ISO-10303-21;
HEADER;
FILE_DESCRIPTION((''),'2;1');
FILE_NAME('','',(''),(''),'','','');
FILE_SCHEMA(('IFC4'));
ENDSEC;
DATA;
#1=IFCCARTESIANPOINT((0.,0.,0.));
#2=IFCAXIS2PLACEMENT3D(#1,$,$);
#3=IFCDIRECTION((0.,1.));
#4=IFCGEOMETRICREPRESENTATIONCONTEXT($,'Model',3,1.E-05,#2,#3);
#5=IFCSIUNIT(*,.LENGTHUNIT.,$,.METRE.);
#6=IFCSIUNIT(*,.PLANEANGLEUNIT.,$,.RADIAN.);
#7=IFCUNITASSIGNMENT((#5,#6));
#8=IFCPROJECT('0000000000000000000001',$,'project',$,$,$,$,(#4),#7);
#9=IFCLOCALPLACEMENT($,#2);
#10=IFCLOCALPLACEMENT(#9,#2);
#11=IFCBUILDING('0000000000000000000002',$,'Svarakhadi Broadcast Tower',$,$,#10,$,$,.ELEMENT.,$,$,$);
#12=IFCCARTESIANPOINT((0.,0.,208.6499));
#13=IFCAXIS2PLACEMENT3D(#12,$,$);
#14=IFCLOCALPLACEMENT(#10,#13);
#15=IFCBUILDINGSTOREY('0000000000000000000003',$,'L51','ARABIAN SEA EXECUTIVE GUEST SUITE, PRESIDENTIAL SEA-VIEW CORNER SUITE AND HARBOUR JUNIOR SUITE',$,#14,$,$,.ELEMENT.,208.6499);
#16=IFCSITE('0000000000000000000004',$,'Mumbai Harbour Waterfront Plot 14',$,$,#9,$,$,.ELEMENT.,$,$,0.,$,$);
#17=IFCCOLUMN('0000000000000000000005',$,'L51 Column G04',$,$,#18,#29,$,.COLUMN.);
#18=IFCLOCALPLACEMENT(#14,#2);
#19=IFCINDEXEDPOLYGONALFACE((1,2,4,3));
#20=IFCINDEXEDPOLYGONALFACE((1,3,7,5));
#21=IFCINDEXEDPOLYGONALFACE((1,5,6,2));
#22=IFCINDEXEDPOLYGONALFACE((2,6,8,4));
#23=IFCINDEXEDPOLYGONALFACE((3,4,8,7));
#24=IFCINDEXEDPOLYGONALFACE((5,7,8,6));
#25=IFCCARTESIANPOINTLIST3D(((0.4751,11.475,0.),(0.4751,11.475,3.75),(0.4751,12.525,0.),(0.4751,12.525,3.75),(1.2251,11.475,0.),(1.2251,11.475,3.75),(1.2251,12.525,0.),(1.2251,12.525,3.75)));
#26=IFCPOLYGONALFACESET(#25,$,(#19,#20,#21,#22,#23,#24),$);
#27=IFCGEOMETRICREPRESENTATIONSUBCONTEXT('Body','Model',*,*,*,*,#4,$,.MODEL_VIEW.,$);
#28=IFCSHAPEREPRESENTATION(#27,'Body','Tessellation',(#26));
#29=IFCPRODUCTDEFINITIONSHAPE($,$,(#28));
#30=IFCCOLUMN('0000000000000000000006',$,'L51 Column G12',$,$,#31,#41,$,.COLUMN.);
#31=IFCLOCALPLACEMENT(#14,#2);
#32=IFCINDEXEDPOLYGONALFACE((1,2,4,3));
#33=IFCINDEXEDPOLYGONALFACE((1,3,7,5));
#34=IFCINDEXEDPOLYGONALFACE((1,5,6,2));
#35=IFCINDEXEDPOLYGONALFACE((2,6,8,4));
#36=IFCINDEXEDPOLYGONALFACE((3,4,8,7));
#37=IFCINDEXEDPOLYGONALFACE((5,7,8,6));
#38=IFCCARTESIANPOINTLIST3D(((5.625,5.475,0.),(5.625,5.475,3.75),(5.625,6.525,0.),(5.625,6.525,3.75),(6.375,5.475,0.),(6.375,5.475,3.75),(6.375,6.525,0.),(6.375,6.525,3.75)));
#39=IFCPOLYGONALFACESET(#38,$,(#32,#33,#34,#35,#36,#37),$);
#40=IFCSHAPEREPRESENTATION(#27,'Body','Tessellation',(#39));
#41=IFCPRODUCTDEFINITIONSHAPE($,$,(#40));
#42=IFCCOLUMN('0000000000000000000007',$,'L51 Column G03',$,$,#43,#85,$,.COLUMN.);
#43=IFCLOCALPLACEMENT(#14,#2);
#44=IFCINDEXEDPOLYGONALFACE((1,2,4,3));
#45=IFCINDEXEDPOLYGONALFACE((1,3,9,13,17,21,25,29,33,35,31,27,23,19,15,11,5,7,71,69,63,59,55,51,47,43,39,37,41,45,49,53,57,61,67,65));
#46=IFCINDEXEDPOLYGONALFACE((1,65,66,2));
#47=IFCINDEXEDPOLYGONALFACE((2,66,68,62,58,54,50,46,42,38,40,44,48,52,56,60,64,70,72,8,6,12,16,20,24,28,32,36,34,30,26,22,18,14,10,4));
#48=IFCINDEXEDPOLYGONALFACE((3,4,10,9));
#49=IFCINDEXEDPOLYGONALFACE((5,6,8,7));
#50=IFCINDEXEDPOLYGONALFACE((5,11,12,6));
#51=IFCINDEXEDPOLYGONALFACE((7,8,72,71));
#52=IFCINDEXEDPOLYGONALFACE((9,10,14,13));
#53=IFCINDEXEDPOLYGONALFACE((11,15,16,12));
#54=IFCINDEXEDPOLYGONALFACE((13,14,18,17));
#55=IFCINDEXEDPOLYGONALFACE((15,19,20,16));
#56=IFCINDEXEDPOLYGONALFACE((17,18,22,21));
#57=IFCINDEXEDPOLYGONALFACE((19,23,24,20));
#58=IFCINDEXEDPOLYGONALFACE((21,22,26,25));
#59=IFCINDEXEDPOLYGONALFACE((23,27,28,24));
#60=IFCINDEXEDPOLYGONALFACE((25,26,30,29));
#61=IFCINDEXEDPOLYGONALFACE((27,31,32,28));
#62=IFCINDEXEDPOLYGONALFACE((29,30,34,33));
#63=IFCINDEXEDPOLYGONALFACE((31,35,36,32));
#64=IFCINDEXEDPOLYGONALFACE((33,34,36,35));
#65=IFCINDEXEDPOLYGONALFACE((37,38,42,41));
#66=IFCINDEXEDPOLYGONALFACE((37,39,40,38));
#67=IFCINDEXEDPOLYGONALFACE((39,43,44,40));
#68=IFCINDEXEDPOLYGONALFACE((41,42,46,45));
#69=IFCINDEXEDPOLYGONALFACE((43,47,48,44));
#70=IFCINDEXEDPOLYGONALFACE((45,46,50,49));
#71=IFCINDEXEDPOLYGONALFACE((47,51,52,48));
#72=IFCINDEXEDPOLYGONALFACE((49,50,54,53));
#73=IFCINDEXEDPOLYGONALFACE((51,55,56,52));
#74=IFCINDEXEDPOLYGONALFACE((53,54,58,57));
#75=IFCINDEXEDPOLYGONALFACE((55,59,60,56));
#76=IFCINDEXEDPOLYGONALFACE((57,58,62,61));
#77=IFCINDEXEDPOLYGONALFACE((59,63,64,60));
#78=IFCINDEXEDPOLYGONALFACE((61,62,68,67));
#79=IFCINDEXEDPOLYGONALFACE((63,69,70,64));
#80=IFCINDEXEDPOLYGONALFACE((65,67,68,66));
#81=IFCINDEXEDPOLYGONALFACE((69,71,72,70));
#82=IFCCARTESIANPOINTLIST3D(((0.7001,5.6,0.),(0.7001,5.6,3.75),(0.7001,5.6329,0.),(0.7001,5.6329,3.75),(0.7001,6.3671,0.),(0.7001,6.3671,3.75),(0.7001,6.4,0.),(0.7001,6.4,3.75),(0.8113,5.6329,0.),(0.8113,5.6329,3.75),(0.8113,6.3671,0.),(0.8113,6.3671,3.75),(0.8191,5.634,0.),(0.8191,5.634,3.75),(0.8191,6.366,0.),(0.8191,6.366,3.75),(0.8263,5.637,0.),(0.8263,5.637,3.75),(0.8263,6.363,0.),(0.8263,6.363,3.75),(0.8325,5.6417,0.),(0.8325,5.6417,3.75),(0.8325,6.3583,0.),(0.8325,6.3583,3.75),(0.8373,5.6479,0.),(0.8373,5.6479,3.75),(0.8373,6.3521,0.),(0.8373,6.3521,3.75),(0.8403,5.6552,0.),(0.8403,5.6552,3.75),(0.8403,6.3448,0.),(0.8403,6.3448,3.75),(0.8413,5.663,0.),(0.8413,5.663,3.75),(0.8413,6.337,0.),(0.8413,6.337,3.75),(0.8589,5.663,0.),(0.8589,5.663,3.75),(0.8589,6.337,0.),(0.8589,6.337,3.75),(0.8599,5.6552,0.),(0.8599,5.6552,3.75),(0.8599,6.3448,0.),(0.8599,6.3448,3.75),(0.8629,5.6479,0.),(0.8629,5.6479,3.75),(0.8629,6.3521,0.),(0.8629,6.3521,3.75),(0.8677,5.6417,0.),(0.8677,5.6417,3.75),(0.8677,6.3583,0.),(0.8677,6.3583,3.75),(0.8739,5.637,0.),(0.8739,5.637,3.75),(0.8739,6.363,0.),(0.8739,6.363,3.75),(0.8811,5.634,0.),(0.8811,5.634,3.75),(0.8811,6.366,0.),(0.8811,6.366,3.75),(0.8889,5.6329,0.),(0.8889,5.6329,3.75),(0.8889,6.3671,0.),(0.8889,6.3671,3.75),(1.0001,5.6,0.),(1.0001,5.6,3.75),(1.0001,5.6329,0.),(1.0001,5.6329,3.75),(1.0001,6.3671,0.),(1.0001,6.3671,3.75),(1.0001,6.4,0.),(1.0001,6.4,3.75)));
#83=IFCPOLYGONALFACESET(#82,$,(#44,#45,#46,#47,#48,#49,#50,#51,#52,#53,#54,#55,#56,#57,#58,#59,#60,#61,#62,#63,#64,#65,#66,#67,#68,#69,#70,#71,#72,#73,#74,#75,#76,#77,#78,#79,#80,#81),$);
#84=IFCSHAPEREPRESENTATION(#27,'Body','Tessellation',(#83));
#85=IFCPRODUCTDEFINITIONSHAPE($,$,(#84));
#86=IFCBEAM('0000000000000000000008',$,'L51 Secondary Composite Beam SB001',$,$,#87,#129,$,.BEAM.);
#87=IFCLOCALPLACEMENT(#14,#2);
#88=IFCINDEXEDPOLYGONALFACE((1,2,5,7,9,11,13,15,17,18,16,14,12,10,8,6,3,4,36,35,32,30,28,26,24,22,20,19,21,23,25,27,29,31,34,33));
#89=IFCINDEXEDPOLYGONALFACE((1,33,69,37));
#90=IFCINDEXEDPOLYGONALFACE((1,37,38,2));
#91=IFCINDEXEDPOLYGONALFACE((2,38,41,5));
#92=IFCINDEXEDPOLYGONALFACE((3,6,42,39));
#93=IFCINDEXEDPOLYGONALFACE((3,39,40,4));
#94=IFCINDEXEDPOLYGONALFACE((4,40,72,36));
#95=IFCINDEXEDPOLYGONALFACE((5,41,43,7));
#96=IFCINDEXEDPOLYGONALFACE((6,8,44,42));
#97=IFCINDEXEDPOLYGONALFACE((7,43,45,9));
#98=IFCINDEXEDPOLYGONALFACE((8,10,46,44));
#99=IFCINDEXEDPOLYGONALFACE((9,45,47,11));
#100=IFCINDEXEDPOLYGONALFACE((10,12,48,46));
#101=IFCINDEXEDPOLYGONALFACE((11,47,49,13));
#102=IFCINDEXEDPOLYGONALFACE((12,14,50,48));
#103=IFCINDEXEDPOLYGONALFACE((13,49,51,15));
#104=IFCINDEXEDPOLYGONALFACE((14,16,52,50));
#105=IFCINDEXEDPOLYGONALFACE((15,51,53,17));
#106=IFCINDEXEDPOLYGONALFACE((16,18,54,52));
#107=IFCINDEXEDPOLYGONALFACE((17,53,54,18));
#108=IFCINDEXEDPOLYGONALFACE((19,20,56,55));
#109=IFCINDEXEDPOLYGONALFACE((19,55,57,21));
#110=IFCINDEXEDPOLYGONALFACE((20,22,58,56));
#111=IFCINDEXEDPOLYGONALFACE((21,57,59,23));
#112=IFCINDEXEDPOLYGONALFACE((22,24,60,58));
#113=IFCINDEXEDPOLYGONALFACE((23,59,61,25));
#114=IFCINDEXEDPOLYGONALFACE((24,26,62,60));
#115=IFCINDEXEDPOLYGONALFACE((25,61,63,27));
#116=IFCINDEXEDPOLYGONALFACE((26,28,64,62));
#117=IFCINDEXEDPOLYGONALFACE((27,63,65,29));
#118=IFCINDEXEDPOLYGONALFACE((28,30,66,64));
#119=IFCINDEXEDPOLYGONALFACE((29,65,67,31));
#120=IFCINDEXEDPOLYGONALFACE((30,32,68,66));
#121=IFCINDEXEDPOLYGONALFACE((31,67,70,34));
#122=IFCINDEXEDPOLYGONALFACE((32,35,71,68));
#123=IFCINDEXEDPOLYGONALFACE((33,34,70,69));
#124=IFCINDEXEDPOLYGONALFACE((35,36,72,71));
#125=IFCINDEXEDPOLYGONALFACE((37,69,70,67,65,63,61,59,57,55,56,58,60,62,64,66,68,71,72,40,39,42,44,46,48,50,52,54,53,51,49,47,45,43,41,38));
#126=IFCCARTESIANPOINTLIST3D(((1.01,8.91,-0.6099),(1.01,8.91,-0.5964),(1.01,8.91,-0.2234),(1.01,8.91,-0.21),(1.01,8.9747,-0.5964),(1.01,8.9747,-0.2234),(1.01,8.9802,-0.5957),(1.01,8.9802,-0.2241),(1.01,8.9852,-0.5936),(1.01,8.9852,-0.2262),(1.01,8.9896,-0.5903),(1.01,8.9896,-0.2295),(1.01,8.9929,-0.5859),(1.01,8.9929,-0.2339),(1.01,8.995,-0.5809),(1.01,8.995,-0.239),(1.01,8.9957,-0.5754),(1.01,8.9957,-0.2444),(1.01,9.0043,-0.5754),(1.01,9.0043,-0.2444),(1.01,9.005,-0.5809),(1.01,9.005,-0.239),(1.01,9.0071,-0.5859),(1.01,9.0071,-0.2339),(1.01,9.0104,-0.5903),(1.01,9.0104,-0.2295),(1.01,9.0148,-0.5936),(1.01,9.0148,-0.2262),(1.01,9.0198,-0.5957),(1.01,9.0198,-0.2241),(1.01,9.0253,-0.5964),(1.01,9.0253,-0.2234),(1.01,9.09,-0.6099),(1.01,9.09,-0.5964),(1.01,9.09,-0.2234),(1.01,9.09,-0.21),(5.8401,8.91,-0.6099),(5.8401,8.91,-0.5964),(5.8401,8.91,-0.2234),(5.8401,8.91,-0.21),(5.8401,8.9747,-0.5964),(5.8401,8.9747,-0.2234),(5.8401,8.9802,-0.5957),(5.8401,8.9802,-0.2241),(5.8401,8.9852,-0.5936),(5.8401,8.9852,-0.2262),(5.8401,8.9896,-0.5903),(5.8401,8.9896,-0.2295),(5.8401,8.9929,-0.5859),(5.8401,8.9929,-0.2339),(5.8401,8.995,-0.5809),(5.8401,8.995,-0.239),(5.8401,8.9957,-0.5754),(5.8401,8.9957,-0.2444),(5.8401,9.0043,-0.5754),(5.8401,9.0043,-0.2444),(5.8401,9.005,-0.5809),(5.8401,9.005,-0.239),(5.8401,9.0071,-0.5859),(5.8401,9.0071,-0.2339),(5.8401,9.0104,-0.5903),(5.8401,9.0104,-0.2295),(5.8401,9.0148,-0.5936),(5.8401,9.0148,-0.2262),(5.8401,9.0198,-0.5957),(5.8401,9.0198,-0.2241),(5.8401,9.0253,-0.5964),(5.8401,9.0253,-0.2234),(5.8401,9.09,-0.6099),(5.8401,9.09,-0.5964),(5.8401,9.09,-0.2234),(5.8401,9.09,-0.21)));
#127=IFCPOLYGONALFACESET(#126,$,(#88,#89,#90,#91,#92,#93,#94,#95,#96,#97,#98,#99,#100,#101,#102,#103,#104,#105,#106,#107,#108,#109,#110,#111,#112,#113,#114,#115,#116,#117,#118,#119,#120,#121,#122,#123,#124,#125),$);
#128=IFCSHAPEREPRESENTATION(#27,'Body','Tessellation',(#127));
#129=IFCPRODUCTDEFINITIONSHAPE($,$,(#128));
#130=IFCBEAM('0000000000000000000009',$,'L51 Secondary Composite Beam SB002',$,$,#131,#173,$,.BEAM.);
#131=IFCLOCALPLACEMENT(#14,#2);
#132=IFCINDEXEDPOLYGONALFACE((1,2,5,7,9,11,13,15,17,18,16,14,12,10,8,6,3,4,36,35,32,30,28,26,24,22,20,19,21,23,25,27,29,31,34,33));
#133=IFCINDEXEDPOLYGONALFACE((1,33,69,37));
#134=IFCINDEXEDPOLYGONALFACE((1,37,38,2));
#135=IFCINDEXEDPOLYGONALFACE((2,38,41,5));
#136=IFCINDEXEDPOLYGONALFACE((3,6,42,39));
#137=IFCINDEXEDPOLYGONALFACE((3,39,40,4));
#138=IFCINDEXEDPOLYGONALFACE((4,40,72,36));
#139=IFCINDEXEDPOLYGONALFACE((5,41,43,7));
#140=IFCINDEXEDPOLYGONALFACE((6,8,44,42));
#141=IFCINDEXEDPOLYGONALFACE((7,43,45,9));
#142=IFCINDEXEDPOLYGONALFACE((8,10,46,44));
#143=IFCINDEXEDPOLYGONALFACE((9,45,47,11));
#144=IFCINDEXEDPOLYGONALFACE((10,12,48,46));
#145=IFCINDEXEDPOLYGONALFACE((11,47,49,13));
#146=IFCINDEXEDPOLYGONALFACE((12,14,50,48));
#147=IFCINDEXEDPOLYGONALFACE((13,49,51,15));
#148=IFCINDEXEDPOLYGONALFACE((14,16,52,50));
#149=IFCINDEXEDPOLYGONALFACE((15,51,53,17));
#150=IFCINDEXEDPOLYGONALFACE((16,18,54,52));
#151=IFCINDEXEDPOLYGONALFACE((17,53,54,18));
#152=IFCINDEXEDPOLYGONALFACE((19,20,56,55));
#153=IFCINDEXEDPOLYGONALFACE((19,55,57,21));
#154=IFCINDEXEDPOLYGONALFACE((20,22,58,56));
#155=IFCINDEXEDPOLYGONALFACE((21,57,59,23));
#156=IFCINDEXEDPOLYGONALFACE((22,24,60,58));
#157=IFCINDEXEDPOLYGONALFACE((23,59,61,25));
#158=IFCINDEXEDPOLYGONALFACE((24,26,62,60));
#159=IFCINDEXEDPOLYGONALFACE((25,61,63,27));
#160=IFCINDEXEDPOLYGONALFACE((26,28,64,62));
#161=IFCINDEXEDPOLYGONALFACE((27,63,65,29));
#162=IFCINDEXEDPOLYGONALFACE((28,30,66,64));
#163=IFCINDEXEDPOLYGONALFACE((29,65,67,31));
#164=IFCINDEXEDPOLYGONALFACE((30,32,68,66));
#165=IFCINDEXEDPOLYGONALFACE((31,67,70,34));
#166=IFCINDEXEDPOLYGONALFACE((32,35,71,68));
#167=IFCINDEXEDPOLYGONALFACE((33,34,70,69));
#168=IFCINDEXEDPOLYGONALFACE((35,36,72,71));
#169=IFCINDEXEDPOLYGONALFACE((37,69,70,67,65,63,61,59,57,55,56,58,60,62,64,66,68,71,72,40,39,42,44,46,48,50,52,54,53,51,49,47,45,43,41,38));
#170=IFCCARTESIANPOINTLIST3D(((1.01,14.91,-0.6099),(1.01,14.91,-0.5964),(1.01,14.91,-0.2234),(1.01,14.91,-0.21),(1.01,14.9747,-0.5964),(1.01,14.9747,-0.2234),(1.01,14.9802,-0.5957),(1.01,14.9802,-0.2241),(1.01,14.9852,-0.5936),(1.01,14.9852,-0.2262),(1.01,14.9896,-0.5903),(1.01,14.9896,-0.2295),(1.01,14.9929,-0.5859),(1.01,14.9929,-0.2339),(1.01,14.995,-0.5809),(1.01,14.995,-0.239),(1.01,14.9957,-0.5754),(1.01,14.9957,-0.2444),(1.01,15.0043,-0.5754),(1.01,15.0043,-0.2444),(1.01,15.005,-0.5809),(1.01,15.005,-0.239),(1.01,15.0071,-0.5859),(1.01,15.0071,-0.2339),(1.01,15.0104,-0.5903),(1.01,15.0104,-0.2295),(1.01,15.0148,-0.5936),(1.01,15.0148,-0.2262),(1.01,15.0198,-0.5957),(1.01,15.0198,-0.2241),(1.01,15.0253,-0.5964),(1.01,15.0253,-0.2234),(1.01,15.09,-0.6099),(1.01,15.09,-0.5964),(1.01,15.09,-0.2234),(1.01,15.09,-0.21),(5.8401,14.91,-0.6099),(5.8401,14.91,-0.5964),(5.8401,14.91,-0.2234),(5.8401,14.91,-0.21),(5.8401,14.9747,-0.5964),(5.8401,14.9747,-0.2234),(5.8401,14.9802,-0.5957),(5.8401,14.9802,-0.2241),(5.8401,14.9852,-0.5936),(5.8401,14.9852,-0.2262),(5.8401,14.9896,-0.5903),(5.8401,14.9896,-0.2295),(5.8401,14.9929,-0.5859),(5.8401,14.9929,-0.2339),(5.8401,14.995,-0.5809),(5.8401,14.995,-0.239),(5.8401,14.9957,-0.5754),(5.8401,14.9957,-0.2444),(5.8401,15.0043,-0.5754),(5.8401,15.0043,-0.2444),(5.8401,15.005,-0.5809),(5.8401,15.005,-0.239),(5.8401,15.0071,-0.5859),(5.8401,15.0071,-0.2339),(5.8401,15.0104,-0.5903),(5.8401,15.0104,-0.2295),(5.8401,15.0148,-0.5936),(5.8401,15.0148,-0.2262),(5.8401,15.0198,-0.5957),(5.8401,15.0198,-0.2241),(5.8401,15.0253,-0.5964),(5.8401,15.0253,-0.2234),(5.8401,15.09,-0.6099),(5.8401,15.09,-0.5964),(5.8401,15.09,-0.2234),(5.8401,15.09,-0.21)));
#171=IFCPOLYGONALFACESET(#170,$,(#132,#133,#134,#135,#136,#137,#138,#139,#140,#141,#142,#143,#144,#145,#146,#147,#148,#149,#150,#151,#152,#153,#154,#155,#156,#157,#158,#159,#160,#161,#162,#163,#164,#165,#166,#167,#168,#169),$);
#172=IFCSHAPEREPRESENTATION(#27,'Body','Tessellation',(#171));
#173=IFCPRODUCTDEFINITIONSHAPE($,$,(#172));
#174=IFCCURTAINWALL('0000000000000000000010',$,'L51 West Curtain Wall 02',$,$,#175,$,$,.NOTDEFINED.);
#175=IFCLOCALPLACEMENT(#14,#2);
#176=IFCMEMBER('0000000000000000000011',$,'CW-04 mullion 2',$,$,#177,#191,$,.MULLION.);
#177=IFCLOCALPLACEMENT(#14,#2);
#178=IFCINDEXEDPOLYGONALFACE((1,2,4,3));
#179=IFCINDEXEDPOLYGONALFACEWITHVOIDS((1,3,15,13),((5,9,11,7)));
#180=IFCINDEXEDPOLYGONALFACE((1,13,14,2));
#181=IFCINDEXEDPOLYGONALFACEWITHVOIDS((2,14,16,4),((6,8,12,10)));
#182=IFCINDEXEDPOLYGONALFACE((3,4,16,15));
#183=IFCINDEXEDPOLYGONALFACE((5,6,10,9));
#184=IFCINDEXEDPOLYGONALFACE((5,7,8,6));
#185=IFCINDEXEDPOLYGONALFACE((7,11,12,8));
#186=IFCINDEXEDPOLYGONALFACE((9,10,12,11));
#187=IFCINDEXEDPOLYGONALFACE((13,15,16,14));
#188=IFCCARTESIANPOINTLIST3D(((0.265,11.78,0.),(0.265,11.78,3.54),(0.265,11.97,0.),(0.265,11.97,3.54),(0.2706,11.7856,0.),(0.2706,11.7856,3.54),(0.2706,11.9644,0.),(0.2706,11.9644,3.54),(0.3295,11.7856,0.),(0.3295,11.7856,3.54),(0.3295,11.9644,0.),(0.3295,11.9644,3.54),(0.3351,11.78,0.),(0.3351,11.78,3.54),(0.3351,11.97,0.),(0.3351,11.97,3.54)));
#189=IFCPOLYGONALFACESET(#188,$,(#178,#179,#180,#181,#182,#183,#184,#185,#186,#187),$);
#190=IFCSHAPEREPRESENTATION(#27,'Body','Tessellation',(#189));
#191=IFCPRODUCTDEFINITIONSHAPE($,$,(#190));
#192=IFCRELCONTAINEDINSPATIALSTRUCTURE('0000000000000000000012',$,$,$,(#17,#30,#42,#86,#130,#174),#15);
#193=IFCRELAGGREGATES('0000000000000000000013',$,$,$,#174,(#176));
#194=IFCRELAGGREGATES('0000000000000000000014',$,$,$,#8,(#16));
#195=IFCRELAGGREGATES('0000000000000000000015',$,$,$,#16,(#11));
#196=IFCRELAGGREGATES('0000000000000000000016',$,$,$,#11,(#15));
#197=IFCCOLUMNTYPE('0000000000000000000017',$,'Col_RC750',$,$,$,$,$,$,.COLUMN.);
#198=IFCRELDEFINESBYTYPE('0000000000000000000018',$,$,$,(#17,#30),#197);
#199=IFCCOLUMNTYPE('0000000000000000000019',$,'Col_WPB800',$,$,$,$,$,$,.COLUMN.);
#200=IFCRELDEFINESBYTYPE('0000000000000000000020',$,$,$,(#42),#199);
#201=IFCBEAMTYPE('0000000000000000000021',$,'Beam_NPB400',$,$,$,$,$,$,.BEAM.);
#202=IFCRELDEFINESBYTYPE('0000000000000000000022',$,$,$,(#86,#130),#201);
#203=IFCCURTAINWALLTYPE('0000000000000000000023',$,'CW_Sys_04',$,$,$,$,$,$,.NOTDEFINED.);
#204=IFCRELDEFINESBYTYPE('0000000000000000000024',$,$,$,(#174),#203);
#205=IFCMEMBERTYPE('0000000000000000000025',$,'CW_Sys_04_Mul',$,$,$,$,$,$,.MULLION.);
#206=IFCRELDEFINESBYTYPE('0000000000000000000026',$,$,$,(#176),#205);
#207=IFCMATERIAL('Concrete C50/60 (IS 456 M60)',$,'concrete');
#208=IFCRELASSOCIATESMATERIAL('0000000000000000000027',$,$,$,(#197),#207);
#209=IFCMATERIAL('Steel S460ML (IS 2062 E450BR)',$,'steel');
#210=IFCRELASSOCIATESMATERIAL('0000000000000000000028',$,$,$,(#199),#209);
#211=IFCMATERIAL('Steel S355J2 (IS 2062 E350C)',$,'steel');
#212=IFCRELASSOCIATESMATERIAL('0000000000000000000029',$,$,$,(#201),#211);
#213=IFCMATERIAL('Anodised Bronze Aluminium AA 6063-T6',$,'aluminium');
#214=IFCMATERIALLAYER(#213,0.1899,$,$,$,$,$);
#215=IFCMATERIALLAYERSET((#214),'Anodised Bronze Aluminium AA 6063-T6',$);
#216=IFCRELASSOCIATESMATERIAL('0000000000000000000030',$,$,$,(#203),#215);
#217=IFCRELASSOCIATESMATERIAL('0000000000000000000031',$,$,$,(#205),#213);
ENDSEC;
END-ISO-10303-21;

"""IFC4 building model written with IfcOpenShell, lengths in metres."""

from ifc_helpers import new_model, si_unit, direction, frame, origin, origin_2d, place, context, subcontext, project, spatial, rectangle, hollow_rectangle, i_section, extrude, material, layer, layer_set, material_profile, profile_set, type_object, element, aggregate, save


model = new_model("IFC4")

# Units and contexts
model_context = context("Model", 3, precision=1e-05, world=origin(), true_north=direction((0.0, 1.0)))
body_context = subcontext(model_context, "Body", "Model", "MODEL_VIEW")
ifc_project = project(units=[si_unit("LENGTHUNIT", "METRE"), si_unit("PLANEANGLEUNIT", "RADIAN")], contexts=[model_context])

# Site, building, storey
site_placement = place(None, origin())
site = spatial("IfcSite", under=ifc_project, at=site_placement, Name="Mumbai Harbour Waterfront Plot 14", CompositionType="ELEMENT", RefElevation=0.0)
building_placement = place(site_placement, origin())
building = spatial("IfcBuilding", under=site, at=building_placement, Name="Svarakhadi Broadcast Tower", CompositionType="ELEMENT")
storey_placement = place(building_placement, frame((0.0, 0.0, 208.6499)))
storey = spatial("IfcBuildingStorey", under=building, at=storey_placement, Name="L51", Description="ARABIAN SEA EXECUTIVE GUEST SUITE, PRESIDENTIAL SEA-VIEW CORNER SUITE AND HARBOUR JUNIOR SUITE", CompositionType="ELEMENT", Elevation=208.6499)

# Columns
ifc_material_1 = material(Name="Concrete C50/60 (IS 456 M60)", Category="concrete")
ifc_material_profile_1 = material_profile(ifc_material_1, rectangle(XDim=0.75, YDim=1.05, at=origin_2d()), Name="RC 750x1050")
ifc_profile_set_1 = profile_set([ifc_material_profile_1], Name="Concrete C50/60 (IS 456 M60)")
column_type_1 = type_object("IfcColumnType", Name="Col_RC750", PredefinedType="COLUMN", material=ifc_profile_set_1)
for number, where, z_axis, x_axis, name in (
    (1, (0.8501, 12.0, 0.0), (0.0, 0.0, 1.0), (1.0, 0.0, 0.0), "L51 Column G04"),
    (2, (6.0, 6.0, 0.0), (0.0, 0.0, 1.0), (1.0, 0.0, 0.0), "L51 Column G12"),
):
    element("IfcColumn", number, at=place(storey_placement, frame(where, z_axis=z_axis, x_axis=x_axis)), inside=storey, type_object=column_type_1, Name=name, PredefinedType="COLUMN", context=body_context, shape_type="SweptSolid", body=[
        extrude(rectangle(XDim=0.75, YDim=1.05, at=origin_2d()), origin(), (0.0, 0.0, 1.0), 3.75),
    ])
ifc_material_2 = material(Name="Steel S460ML (IS 2062 E450BR)", Category="steel")
ifc_material_profile_2 = material_profile(ifc_material_2, i_section(OverallWidth=0.3, OverallDepth=0.8, WebThickness=0.0176, FlangeThickness=0.033, FilletRadius=0.03, at=origin_2d()), Name="WPB 800x300x262")
ifc_profile_set_2 = profile_set([ifc_material_profile_2], Name="Steel S460ML (IS 2062 E450BR)")
column_type_2 = type_object("IfcColumnType", Name="Col_WPB800", PredefinedType="COLUMN", material=ifc_profile_set_2)
column_placement = place(storey_placement, frame((0.8501, 6.0, 0.0), z_axis=(0.0, 0.0, 1.0), x_axis=(1.0, 0.0, 0.0)))
element("IfcColumn", 3, at=column_placement, inside=storey, type_object=column_type_2, Name="L51 Column G03", PredefinedType="COLUMN", context=body_context, shape_type="SweptSolid", body=[
    extrude(i_section(OverallWidth=0.3, OverallDepth=0.8, WebThickness=0.0176, FlangeThickness=0.033, FilletRadius=0.03, at=origin_2d()), origin(), (0.0, 0.0, 1.0), 3.75),
])

# Beams
ifc_material_3 = material(Name="Steel S355J2 (IS 2062 E350C)", Category="steel")
ifc_material_profile_3 = material_profile(ifc_material_3, i_section(OverallWidth=0.1799, OverallDepth=0.3999, WebThickness=0.0085, FlangeThickness=0.0134, FilletRadius=0.021, at=origin_2d()), Name="NPB 400x180x66")
ifc_profile_set_3 = profile_set([ifc_material_profile_3], Name="Steel S355J2 (IS 2062 E350C)")
beam_type_1 = type_object("IfcBeamType", Name="Beam_NPB400", PredefinedType="BEAM", material=ifc_profile_set_3)
for number, where, z_axis, x_axis, name in (
    (4, (1.01, 9.0, -0.4099), (1.0, 0.0, 0.0), (0.0, 1.0, 0.0), "L51 Secondary Composite Beam SB001"),
    (5, (1.01, 15.0, -0.4099), (1.0, 0.0, 0.0), (0.0, 1.0, 0.0), "L51 Secondary Composite Beam SB002"),
):
    element("IfcBeam", number, at=place(storey_placement, frame(where, z_axis=z_axis, x_axis=x_axis)), inside=storey, type_object=beam_type_1, Name=name, PredefinedType="BEAM", context=body_context, shape_type="SweptSolid", body=[
        extrude(i_section(OverallWidth=0.1799, OverallDepth=0.3999, WebThickness=0.0085, FlangeThickness=0.0134, FilletRadius=0.021, at=origin_2d()), origin(), (0.0, 0.0, 1.0), 4.8301),
    ])

# Curtain wall, member
ifc_material_4 = material(Name="Anodised Bronze Aluminium AA 6063-T6", Category="aluminium")
ifc_layer_1 = layer(ifc_material_4, 0.1899)
ifc_layer_set_1 = layer_set([ifc_layer_1], Name="Anodised Bronze Aluminium AA 6063-T6")
curtain_wall_type = type_object("IfcCurtainWallType", Name="CW_Sys_04", PredefinedType="NOTDEFINED", material=ifc_layer_set_1)
curtain_wall_placement = place(storey_placement, origin())
curtain_wall = element("IfcCurtainWall", 6, at=curtain_wall_placement, inside=storey, type_object=curtain_wall_type, Name="L51 West Curtain Wall 02", PredefinedType="NOTDEFINED")
ifc_material_profile_4 = material_profile(ifc_material_4, hollow_rectangle(XDim=0.0701, YDim=0.1899, WallThickness=0.0056, at=origin_2d()), Name="ALU MULLION 190x70x6")
ifc_profile_set_4 = profile_set([ifc_material_profile_4], Name="Anodised Bronze Aluminium AA 6063-T6")
member_type_1 = type_object("IfcMemberType", Name="CW_Sys_04_Mul", PredefinedType="MULLION", material=ifc_profile_set_4)
member_1_placement = place(storey_placement, frame((0.3, 11.875, 0.0), z_axis=(0.0, 0.0, 1.0), x_axis=(-1.0, 0.0, 0.0)))
member_1 = element("IfcMember", 7, at=member_1_placement, type_object=member_type_1, Name="CW-04 mullion 2", PredefinedType="MULLION", context=body_context, shape_type="SweptSolid", body=[
    extrude(hollow_rectangle(XDim=0.0701, YDim=0.1899, WallThickness=0.0056, at=origin_2d()), origin(), (0.0, 0.0, 1.0), 3.54),
])

aggregate(curtain_wall, [member_1])

save(model, "model.ifc")
